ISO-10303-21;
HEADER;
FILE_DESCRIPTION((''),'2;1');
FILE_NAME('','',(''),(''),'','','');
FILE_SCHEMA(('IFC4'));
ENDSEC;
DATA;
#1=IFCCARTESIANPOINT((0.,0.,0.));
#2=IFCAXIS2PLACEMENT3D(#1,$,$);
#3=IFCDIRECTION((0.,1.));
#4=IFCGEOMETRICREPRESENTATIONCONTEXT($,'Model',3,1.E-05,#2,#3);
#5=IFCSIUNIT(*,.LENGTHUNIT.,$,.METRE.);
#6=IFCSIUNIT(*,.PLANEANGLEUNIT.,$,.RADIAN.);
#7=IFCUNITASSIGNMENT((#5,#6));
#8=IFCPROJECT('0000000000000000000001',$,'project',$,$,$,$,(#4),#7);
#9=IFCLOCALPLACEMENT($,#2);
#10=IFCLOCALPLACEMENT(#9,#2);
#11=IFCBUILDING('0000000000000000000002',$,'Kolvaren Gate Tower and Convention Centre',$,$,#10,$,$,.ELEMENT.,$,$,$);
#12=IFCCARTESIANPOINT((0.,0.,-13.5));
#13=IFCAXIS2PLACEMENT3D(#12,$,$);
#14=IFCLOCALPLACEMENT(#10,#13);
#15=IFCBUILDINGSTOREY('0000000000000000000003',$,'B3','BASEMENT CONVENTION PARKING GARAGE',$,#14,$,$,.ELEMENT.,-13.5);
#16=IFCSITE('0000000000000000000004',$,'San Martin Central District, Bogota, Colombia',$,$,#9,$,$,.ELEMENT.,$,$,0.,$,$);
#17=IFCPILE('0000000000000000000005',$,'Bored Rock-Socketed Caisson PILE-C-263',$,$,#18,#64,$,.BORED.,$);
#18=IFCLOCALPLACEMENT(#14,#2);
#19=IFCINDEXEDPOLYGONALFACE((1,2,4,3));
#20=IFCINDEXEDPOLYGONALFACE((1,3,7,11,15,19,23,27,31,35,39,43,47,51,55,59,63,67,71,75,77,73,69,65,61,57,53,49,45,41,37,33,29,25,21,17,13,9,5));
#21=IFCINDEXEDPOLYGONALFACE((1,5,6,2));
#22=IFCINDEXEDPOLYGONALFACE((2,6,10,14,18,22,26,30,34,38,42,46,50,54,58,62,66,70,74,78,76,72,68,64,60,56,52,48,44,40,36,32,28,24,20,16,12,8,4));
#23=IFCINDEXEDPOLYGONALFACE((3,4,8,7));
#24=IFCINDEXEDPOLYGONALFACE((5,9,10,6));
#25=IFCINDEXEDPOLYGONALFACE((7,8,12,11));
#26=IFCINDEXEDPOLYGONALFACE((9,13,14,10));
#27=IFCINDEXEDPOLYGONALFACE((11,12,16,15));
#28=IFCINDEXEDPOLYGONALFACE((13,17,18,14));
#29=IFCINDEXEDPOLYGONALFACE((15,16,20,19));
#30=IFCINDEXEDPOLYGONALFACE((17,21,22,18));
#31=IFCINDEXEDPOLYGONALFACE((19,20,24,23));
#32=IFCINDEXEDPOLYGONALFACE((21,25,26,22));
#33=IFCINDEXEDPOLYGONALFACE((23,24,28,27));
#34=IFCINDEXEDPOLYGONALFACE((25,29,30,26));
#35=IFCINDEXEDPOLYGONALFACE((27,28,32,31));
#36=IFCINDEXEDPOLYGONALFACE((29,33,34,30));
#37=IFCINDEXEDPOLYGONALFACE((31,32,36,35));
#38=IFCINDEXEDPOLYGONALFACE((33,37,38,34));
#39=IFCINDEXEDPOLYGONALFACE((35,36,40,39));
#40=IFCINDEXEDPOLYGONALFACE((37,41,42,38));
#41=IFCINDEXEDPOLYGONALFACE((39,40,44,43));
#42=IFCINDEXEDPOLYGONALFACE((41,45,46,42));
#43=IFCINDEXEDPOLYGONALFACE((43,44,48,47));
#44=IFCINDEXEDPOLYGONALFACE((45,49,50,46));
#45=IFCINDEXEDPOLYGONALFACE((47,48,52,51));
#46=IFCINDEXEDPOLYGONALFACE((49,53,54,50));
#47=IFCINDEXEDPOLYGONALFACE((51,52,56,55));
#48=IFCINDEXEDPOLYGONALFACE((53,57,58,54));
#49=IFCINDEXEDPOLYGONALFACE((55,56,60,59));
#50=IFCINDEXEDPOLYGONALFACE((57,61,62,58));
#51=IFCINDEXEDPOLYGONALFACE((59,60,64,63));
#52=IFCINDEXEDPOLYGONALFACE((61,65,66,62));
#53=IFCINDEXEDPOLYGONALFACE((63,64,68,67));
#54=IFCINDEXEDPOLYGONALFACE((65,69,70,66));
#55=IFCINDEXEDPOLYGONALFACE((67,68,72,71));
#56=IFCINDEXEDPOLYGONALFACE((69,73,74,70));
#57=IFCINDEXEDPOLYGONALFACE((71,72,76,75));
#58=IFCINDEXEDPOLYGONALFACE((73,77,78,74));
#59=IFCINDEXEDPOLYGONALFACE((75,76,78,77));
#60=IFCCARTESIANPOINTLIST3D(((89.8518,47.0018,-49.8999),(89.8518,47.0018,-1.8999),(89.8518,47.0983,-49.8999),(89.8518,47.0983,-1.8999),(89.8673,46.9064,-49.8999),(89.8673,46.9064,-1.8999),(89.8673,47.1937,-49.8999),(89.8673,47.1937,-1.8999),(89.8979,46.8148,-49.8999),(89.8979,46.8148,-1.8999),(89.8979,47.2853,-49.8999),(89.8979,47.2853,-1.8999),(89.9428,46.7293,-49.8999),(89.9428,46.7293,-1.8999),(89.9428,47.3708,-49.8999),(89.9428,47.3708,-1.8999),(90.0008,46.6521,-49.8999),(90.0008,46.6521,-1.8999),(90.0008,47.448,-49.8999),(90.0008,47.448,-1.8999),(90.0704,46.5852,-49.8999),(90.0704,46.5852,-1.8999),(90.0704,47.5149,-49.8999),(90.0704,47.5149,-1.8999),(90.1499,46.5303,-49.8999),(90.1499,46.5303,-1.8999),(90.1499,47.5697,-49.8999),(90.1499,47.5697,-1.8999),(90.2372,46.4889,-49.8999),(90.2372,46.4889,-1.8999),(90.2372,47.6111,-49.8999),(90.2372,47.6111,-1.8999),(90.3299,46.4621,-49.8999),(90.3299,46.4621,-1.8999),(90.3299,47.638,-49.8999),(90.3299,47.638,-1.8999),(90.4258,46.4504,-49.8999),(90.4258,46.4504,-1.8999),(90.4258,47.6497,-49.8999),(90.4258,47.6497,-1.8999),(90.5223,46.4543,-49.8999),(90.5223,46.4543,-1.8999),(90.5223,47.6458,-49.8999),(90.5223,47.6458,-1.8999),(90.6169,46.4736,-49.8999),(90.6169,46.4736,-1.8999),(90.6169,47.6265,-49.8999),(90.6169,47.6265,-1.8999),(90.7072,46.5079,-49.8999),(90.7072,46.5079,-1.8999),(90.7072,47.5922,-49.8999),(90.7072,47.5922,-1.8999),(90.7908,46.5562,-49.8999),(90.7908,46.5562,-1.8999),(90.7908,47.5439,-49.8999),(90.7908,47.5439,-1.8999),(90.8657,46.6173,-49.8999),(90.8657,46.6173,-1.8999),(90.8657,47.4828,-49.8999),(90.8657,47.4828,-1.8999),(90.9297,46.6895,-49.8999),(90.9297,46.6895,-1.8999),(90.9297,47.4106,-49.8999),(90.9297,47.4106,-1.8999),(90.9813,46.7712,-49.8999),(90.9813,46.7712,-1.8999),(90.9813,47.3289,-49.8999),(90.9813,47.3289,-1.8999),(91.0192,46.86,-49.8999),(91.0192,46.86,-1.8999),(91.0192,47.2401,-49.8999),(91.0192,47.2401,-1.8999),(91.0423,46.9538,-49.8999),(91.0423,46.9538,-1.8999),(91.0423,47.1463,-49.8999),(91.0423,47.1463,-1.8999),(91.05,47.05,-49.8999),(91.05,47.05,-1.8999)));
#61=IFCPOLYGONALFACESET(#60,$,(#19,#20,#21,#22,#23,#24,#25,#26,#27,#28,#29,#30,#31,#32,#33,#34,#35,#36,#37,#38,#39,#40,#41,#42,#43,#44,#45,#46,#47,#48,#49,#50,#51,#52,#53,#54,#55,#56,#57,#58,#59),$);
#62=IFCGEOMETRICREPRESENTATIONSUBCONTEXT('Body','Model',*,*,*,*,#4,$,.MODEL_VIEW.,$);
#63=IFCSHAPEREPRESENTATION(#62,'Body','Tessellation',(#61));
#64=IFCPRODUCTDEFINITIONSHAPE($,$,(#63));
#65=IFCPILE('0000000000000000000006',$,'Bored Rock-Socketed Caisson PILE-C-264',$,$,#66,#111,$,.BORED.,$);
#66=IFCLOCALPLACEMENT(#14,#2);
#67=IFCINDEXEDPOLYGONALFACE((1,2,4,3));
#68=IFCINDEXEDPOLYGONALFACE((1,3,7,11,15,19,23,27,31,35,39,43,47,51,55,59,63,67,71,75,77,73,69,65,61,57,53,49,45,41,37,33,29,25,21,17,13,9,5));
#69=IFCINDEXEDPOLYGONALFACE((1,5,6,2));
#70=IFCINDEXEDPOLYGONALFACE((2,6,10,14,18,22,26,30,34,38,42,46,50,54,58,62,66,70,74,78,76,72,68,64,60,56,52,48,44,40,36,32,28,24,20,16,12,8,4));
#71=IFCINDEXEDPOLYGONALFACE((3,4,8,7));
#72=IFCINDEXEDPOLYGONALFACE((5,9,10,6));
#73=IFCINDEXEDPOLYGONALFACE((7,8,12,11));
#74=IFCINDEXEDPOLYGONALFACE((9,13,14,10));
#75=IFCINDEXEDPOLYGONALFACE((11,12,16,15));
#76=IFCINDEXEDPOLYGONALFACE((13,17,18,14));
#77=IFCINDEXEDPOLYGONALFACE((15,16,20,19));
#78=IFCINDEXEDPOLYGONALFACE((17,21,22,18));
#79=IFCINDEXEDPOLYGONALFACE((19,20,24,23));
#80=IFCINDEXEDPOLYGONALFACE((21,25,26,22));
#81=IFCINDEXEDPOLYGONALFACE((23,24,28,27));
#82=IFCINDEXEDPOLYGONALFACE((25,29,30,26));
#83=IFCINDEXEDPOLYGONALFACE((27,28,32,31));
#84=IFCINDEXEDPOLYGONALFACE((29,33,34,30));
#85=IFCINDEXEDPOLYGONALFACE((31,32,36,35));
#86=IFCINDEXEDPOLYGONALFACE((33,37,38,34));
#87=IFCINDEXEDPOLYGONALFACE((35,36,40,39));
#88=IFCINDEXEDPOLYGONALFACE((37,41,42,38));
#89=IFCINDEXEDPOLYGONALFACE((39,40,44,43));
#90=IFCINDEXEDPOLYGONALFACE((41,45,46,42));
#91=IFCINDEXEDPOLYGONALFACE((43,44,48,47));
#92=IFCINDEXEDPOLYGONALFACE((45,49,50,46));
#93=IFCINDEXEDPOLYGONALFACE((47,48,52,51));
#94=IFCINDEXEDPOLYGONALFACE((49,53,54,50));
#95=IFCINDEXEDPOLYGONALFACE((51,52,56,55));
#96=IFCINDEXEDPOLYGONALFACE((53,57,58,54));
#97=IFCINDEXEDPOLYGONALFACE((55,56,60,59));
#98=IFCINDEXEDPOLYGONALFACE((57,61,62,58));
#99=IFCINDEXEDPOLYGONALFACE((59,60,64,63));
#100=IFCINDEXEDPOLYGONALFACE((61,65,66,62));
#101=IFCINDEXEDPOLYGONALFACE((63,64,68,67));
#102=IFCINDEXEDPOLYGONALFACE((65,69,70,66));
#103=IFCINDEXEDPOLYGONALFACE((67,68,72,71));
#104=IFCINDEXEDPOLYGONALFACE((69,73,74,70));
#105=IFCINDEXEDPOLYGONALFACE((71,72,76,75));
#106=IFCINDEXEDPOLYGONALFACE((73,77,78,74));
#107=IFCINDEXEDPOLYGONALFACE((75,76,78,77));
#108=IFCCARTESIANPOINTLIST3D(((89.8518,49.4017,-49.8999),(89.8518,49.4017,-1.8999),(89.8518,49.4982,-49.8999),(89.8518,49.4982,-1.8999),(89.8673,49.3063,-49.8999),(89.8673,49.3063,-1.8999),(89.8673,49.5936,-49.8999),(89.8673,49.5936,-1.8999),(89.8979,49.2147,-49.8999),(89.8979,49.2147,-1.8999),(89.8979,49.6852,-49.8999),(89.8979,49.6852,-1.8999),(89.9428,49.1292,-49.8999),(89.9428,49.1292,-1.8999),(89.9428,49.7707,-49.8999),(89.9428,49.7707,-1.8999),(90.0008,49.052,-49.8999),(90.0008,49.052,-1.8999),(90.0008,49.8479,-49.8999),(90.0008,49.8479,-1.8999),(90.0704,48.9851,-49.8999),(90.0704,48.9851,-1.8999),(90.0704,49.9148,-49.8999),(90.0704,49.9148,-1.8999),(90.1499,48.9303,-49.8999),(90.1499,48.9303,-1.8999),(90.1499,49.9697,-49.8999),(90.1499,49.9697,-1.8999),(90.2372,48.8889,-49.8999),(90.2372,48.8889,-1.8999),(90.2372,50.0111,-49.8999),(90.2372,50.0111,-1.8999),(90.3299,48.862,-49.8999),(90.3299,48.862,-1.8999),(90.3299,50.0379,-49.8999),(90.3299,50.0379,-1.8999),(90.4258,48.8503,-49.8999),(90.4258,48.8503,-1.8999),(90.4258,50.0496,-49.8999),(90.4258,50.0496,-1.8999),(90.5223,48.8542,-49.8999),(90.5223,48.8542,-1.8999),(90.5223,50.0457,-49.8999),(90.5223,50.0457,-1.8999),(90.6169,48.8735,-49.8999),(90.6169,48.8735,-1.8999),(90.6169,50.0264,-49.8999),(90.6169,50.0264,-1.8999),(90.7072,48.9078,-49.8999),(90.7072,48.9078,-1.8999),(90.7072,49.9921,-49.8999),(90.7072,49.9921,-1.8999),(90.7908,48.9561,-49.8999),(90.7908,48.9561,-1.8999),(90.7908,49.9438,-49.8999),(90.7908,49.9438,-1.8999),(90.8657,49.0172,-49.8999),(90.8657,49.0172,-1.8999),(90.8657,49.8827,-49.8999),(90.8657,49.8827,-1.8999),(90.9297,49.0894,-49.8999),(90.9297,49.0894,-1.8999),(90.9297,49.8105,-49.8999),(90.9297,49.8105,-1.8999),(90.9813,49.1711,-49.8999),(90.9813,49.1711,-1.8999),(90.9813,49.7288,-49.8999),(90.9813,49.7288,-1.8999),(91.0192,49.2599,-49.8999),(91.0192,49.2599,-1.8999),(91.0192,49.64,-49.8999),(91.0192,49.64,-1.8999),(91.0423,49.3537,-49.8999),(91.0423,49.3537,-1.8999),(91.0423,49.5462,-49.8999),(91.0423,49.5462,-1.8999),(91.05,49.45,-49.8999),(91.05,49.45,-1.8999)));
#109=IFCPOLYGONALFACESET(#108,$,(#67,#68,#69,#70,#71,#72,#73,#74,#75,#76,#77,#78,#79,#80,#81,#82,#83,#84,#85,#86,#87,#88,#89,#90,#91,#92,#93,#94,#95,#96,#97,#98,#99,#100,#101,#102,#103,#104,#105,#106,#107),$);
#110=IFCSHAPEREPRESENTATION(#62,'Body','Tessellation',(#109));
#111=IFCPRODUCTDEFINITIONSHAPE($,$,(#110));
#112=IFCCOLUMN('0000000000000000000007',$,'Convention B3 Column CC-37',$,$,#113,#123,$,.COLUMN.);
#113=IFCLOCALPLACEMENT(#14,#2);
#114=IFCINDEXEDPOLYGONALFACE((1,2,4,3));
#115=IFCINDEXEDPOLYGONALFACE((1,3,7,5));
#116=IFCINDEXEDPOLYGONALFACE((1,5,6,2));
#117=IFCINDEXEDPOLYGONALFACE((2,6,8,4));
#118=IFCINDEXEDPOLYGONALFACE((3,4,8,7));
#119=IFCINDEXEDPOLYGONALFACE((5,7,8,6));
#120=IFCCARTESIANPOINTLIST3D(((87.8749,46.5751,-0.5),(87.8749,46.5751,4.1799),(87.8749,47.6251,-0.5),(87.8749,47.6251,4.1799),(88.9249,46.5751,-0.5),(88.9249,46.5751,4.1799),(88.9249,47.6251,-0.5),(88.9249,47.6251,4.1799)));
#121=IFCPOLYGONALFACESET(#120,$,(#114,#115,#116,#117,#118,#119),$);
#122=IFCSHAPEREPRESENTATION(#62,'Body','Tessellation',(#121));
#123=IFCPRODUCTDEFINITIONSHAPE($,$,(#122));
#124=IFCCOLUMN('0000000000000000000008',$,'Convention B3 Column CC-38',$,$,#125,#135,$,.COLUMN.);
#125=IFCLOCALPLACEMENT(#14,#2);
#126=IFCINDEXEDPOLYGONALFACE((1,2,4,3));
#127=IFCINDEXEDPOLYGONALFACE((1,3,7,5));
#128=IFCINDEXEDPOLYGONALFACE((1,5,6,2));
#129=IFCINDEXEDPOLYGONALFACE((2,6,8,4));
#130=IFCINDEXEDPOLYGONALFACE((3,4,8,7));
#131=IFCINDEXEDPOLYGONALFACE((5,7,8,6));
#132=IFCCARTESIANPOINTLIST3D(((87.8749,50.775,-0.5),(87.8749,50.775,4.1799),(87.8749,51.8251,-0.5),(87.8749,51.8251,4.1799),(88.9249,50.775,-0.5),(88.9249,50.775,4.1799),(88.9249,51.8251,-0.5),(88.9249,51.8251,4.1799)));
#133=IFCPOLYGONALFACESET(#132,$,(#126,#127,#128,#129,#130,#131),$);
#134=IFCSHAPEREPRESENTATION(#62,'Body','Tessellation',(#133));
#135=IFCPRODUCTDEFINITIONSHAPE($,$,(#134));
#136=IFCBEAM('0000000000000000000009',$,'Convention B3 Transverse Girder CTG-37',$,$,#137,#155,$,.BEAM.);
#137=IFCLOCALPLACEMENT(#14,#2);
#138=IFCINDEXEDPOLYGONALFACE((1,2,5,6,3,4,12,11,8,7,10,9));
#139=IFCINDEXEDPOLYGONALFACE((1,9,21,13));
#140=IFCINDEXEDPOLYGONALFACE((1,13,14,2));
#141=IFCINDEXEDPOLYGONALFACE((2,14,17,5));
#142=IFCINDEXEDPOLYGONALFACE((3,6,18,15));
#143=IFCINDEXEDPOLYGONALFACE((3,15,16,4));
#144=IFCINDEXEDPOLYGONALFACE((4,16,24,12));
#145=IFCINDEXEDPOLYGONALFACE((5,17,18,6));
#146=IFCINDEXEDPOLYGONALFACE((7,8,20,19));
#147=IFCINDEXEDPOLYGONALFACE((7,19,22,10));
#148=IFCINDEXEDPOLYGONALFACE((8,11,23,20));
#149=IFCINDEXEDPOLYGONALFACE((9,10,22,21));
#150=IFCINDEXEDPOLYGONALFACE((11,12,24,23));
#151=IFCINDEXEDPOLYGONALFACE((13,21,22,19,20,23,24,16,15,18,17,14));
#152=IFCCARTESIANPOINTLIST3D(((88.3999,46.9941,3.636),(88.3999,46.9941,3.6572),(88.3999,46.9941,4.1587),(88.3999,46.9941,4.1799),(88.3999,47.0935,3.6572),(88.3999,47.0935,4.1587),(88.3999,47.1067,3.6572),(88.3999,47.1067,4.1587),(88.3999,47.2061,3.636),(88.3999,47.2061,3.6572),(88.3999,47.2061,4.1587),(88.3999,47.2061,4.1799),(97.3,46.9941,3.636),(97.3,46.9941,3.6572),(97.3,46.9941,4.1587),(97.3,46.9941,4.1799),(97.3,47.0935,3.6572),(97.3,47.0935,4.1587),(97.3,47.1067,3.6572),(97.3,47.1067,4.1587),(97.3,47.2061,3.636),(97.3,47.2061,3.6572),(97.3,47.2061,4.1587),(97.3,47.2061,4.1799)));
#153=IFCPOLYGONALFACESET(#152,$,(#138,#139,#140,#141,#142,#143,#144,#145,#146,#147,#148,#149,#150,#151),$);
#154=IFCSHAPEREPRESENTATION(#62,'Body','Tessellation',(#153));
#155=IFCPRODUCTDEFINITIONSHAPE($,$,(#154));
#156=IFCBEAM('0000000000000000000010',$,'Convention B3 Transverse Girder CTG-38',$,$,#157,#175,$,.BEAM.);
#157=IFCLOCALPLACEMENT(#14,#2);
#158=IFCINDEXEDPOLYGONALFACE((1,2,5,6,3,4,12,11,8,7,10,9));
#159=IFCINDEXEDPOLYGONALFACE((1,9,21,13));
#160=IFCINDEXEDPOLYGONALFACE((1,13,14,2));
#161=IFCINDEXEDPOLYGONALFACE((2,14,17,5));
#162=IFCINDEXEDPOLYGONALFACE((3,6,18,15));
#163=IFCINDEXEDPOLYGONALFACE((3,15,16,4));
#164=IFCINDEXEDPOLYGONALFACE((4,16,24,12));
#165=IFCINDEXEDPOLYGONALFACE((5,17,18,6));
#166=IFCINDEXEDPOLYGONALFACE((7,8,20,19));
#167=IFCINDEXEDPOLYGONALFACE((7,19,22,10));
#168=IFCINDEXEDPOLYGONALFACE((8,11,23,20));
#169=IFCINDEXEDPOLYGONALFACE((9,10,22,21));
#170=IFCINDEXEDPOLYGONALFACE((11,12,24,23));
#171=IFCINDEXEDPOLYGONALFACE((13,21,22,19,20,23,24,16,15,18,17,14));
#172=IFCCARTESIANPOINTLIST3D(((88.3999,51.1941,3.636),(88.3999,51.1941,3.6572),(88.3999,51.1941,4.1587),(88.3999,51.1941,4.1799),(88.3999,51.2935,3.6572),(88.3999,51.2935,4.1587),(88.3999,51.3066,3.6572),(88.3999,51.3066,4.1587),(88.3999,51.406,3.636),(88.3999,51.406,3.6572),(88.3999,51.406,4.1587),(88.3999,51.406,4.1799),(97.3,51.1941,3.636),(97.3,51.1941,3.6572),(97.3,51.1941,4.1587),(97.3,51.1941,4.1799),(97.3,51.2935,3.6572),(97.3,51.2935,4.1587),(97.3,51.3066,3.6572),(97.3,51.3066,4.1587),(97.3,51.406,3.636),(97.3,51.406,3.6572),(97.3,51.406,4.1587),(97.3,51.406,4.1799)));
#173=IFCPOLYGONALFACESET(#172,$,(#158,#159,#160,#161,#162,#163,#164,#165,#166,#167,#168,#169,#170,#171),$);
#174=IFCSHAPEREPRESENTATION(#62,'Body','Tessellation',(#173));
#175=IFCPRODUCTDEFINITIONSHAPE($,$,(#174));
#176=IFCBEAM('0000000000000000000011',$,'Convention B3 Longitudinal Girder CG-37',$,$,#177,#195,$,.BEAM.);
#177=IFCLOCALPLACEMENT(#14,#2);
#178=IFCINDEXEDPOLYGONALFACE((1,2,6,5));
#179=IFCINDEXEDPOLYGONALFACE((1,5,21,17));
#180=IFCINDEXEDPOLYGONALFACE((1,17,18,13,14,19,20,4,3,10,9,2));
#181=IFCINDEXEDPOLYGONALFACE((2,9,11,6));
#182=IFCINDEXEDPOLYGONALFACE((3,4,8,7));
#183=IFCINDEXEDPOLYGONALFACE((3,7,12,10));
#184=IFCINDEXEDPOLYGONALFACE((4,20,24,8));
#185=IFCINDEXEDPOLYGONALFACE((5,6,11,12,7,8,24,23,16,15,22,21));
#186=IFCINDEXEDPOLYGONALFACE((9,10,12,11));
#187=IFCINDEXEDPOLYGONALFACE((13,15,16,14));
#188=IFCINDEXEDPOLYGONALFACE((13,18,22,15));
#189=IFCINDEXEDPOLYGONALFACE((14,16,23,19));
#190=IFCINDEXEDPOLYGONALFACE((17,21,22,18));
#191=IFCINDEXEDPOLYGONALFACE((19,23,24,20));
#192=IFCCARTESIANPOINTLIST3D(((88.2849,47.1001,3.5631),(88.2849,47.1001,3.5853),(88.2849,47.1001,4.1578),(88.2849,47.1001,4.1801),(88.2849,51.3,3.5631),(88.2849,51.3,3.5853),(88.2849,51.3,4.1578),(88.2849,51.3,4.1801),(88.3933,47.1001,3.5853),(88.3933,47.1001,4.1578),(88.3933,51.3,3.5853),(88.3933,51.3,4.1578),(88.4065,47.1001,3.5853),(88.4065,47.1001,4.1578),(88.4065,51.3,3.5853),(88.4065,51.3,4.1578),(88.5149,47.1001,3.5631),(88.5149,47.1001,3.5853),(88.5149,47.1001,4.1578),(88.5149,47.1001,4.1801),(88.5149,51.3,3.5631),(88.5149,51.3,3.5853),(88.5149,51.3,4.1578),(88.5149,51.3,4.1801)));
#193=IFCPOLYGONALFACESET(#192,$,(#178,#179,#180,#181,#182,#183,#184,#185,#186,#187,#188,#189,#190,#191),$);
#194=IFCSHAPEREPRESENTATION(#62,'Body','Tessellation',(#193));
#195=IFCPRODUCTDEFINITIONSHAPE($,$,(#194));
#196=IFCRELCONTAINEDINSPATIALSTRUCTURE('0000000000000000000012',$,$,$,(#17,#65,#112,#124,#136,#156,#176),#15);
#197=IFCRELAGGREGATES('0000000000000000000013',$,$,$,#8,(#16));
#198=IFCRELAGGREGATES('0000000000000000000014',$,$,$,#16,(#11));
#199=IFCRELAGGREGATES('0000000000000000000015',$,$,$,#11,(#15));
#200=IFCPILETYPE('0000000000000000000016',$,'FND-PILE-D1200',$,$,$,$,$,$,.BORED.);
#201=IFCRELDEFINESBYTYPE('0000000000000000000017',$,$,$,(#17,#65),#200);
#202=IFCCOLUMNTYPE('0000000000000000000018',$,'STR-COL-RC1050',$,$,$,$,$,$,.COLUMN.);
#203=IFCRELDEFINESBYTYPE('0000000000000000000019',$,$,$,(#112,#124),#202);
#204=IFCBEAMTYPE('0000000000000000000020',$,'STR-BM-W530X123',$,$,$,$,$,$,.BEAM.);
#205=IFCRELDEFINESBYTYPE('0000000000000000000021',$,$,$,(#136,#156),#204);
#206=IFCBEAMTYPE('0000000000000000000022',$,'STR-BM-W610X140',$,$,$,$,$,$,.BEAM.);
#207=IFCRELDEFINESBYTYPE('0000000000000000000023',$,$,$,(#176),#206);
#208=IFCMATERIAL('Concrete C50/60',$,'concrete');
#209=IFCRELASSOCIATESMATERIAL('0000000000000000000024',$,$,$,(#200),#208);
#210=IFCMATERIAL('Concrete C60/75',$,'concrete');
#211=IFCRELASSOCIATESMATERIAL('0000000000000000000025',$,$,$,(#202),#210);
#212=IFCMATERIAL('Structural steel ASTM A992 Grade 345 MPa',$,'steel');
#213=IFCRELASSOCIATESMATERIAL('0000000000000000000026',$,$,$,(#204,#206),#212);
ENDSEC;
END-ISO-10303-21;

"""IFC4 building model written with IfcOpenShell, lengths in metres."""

from ifc_helpers import new_model, si_unit, direction, frame, origin, origin_2d, place, context, subcontext, project, spatial, rectangle, circle, i_section, extrude, material, material_profile, profile_set, type_object, element, save


model = new_model("IFC4")

# Units and contexts
model_context = context("Model", 3, precision=1e-05, world=origin(), true_north=direction((0.0, 1.0)))
body_context = subcontext(model_context, "Body", "Model", "MODEL_VIEW")
ifc_project = project(units=[si_unit("LENGTHUNIT", "METRE"), si_unit("PLANEANGLEUNIT", "RADIAN")], contexts=[model_context])

# Site, building, storey
site_placement = place(None, origin())
site = spatial("IfcSite", under=ifc_project, at=site_placement, Name="San Martin Central District, Bogota, Colombia", CompositionType="ELEMENT", RefElevation=0.0)
building_placement = place(site_placement, origin())
building = spatial("IfcBuilding", under=site, at=building_placement, Name="Kolvaren Gate Tower and Convention Centre", CompositionType="ELEMENT")
storey_placement = place(building_placement, frame((0.0, 0.0, -13.5)))
storey = spatial("IfcBuildingStorey", under=building, at=storey_placement, Name="B3", Description="BASEMENT CONVENTION PARKING GARAGE", CompositionType="ELEMENT", Elevation=-13.5)

# Shared definitions
ifc_material_1 = material(Name="Concrete C50/60", Category="concrete")
ifc_material_2 = material(Name="Concrete C60/75", Category="concrete")

# Piles
ifc_material_profile_1 = material_profile(ifc_material_1, circle(Radius=0.6001, at=origin_2d()), Name="CAISSON-D1200")
ifc_profile_set_1 = profile_set([ifc_material_profile_1], Name="Concrete C50/60")
pile_type = type_object("IfcPileType", Name="FND-PILE-D1200", PredefinedType="BORED", material=ifc_profile_set_1)
for number, where, z_axis, x_axis, name in (
    (1, (90.45, 47.05, -1.8999), (0.0, 0.0, -1.0), (1.0, 0.0, 0.0), "Bored Rock-Socketed Caisson PILE-C-263"),
    (2, (90.45, 49.45, -1.8999), (0.0, 0.0, -1.0), (1.0, 0.0, 0.0), "Bored Rock-Socketed Caisson PILE-C-264"),
):
    element("IfcPile", number, at=place(storey_placement, frame(where, z_axis=z_axis, x_axis=x_axis)), inside=storey, type_object=pile_type, Name=name, PredefinedType="BORED", context=body_context, shape_type="SweptSolid", body=[
        extrude(circle(Radius=0.6001, at=origin_2d()), origin(), (0.0, 0.0, 1.0), 48.0),
    ])

# Columns
ifc_material_profile_2 = material_profile(ifc_material_2, rectangle(XDim=1.05, YDim=1.05, at=origin_2d()), Name="RC-COL-1050X1050")
ifc_profile_set_2 = profile_set([ifc_material_profile_2], Name="Concrete C60/75")
column_type = type_object("IfcColumnType", Name="STR-COL-RC1050", PredefinedType="COLUMN", material=ifc_profile_set_2)
for number, where, z_axis, x_axis, name in (
    (3, (88.3999, 47.1001, -0.5), (0.0, 0.0, 1.0), (1.0, 0.0, 0.0), "Convention B3 Column CC-37"),
    (4, (88.3999, 51.3, -0.5), (0.0, 0.0, 1.0), (1.0, 0.0, 0.0), "Convention B3 Column CC-38"),
):
    element("IfcColumn", number, at=place(storey_placement, frame(where, z_axis=z_axis, x_axis=x_axis)), inside=storey, type_object=column_type, Name=name, PredefinedType="COLUMN", context=body_context, shape_type="SweptSolid", body=[
        extrude(rectangle(XDim=1.05, YDim=1.05, at=origin_2d()), origin(), (0.0, 0.0, 1.0), 4.6799),
    ])

# Beams
ifc_material_3 = material(Name="Structural steel ASTM A992 Grade 345 MPa", Category="steel")
ifc_material_profile_3 = material_profile(ifc_material_3, i_section(OverallWidth=0.2119, OverallDepth=0.5439, WebThickness=0.0132, FlangeThickness=0.0212, at=origin_2d()), Name="W530X123")
ifc_profile_set_3 = profile_set([ifc_material_profile_3], Name="Structural steel ASTM A992 Grade 345 MPa")
beam_type_1 = type_object("IfcBeamType", Name="STR-BM-W530X123", PredefinedType="BEAM", material=ifc_profile_set_3)
for number, where, z_axis, x_axis, name in (
    (5, (88.3999, 47.1001, 3.908), (1.0, 0.0, 0.0), (0.0, 1.0, 0.0), "Convention B3 Transverse Girder CTG-37"),
    (6, (88.3999, 51.3, 3.908), (1.0, 0.0, 0.0), (0.0, 1.0, 0.0), "Convention B3 Transverse Girder CTG-38"),
):
    element("IfcBeam", number, at=place(storey_placement, frame(where, z_axis=z_axis, x_axis=x_axis)), inside=storey, type_object=beam_type_1, Name=name, PredefinedType="BEAM", context=body_context, shape_type="SweptSolid", body=[
        extrude(i_section(OverallWidth=0.2119, OverallDepth=0.5439, WebThickness=0.0132, FlangeThickness=0.0212, at=origin_2d()), origin(), (0.0, 0.0, 1.0), 8.9001),
    ])
ifc_material_profile_4 = material_profile(ifc_material_3, i_section(OverallWidth=0.23, OverallDepth=0.6169, WebThickness=0.0132, FlangeThickness=0.0222, at=origin_2d()), Name="W610X140")
ifc_profile_set_4 = profile_set([ifc_material_profile_4], Name="Structural steel ASTM A992 Grade 345 MPa")
beam_type_2 = type_object("IfcBeamType", Name="STR-BM-W610X140", PredefinedType="BEAM", material=ifc_profile_set_4)
beam_1_placement = place(storey_placement, frame((88.3999, 47.1001, 3.8716), z_axis=(0.0, 1.0, 0.0), x_axis=(-1.0, 0.0, 0.0)))
element("IfcBeam", 7, at=beam_1_placement, inside=storey, type_object=beam_type_2, Name="Convention B3 Longitudinal Girder CG-37", PredefinedType="BEAM", context=body_context, shape_type="SweptSolid", body=[
    extrude(i_section(OverallWidth=0.23, OverallDepth=0.6169, WebThickness=0.0132, FlangeThickness=0.0222, at=origin_2d()), origin(), (0.0, 0.0, 1.0), 4.2),
])

save(model, "model.ifc")
